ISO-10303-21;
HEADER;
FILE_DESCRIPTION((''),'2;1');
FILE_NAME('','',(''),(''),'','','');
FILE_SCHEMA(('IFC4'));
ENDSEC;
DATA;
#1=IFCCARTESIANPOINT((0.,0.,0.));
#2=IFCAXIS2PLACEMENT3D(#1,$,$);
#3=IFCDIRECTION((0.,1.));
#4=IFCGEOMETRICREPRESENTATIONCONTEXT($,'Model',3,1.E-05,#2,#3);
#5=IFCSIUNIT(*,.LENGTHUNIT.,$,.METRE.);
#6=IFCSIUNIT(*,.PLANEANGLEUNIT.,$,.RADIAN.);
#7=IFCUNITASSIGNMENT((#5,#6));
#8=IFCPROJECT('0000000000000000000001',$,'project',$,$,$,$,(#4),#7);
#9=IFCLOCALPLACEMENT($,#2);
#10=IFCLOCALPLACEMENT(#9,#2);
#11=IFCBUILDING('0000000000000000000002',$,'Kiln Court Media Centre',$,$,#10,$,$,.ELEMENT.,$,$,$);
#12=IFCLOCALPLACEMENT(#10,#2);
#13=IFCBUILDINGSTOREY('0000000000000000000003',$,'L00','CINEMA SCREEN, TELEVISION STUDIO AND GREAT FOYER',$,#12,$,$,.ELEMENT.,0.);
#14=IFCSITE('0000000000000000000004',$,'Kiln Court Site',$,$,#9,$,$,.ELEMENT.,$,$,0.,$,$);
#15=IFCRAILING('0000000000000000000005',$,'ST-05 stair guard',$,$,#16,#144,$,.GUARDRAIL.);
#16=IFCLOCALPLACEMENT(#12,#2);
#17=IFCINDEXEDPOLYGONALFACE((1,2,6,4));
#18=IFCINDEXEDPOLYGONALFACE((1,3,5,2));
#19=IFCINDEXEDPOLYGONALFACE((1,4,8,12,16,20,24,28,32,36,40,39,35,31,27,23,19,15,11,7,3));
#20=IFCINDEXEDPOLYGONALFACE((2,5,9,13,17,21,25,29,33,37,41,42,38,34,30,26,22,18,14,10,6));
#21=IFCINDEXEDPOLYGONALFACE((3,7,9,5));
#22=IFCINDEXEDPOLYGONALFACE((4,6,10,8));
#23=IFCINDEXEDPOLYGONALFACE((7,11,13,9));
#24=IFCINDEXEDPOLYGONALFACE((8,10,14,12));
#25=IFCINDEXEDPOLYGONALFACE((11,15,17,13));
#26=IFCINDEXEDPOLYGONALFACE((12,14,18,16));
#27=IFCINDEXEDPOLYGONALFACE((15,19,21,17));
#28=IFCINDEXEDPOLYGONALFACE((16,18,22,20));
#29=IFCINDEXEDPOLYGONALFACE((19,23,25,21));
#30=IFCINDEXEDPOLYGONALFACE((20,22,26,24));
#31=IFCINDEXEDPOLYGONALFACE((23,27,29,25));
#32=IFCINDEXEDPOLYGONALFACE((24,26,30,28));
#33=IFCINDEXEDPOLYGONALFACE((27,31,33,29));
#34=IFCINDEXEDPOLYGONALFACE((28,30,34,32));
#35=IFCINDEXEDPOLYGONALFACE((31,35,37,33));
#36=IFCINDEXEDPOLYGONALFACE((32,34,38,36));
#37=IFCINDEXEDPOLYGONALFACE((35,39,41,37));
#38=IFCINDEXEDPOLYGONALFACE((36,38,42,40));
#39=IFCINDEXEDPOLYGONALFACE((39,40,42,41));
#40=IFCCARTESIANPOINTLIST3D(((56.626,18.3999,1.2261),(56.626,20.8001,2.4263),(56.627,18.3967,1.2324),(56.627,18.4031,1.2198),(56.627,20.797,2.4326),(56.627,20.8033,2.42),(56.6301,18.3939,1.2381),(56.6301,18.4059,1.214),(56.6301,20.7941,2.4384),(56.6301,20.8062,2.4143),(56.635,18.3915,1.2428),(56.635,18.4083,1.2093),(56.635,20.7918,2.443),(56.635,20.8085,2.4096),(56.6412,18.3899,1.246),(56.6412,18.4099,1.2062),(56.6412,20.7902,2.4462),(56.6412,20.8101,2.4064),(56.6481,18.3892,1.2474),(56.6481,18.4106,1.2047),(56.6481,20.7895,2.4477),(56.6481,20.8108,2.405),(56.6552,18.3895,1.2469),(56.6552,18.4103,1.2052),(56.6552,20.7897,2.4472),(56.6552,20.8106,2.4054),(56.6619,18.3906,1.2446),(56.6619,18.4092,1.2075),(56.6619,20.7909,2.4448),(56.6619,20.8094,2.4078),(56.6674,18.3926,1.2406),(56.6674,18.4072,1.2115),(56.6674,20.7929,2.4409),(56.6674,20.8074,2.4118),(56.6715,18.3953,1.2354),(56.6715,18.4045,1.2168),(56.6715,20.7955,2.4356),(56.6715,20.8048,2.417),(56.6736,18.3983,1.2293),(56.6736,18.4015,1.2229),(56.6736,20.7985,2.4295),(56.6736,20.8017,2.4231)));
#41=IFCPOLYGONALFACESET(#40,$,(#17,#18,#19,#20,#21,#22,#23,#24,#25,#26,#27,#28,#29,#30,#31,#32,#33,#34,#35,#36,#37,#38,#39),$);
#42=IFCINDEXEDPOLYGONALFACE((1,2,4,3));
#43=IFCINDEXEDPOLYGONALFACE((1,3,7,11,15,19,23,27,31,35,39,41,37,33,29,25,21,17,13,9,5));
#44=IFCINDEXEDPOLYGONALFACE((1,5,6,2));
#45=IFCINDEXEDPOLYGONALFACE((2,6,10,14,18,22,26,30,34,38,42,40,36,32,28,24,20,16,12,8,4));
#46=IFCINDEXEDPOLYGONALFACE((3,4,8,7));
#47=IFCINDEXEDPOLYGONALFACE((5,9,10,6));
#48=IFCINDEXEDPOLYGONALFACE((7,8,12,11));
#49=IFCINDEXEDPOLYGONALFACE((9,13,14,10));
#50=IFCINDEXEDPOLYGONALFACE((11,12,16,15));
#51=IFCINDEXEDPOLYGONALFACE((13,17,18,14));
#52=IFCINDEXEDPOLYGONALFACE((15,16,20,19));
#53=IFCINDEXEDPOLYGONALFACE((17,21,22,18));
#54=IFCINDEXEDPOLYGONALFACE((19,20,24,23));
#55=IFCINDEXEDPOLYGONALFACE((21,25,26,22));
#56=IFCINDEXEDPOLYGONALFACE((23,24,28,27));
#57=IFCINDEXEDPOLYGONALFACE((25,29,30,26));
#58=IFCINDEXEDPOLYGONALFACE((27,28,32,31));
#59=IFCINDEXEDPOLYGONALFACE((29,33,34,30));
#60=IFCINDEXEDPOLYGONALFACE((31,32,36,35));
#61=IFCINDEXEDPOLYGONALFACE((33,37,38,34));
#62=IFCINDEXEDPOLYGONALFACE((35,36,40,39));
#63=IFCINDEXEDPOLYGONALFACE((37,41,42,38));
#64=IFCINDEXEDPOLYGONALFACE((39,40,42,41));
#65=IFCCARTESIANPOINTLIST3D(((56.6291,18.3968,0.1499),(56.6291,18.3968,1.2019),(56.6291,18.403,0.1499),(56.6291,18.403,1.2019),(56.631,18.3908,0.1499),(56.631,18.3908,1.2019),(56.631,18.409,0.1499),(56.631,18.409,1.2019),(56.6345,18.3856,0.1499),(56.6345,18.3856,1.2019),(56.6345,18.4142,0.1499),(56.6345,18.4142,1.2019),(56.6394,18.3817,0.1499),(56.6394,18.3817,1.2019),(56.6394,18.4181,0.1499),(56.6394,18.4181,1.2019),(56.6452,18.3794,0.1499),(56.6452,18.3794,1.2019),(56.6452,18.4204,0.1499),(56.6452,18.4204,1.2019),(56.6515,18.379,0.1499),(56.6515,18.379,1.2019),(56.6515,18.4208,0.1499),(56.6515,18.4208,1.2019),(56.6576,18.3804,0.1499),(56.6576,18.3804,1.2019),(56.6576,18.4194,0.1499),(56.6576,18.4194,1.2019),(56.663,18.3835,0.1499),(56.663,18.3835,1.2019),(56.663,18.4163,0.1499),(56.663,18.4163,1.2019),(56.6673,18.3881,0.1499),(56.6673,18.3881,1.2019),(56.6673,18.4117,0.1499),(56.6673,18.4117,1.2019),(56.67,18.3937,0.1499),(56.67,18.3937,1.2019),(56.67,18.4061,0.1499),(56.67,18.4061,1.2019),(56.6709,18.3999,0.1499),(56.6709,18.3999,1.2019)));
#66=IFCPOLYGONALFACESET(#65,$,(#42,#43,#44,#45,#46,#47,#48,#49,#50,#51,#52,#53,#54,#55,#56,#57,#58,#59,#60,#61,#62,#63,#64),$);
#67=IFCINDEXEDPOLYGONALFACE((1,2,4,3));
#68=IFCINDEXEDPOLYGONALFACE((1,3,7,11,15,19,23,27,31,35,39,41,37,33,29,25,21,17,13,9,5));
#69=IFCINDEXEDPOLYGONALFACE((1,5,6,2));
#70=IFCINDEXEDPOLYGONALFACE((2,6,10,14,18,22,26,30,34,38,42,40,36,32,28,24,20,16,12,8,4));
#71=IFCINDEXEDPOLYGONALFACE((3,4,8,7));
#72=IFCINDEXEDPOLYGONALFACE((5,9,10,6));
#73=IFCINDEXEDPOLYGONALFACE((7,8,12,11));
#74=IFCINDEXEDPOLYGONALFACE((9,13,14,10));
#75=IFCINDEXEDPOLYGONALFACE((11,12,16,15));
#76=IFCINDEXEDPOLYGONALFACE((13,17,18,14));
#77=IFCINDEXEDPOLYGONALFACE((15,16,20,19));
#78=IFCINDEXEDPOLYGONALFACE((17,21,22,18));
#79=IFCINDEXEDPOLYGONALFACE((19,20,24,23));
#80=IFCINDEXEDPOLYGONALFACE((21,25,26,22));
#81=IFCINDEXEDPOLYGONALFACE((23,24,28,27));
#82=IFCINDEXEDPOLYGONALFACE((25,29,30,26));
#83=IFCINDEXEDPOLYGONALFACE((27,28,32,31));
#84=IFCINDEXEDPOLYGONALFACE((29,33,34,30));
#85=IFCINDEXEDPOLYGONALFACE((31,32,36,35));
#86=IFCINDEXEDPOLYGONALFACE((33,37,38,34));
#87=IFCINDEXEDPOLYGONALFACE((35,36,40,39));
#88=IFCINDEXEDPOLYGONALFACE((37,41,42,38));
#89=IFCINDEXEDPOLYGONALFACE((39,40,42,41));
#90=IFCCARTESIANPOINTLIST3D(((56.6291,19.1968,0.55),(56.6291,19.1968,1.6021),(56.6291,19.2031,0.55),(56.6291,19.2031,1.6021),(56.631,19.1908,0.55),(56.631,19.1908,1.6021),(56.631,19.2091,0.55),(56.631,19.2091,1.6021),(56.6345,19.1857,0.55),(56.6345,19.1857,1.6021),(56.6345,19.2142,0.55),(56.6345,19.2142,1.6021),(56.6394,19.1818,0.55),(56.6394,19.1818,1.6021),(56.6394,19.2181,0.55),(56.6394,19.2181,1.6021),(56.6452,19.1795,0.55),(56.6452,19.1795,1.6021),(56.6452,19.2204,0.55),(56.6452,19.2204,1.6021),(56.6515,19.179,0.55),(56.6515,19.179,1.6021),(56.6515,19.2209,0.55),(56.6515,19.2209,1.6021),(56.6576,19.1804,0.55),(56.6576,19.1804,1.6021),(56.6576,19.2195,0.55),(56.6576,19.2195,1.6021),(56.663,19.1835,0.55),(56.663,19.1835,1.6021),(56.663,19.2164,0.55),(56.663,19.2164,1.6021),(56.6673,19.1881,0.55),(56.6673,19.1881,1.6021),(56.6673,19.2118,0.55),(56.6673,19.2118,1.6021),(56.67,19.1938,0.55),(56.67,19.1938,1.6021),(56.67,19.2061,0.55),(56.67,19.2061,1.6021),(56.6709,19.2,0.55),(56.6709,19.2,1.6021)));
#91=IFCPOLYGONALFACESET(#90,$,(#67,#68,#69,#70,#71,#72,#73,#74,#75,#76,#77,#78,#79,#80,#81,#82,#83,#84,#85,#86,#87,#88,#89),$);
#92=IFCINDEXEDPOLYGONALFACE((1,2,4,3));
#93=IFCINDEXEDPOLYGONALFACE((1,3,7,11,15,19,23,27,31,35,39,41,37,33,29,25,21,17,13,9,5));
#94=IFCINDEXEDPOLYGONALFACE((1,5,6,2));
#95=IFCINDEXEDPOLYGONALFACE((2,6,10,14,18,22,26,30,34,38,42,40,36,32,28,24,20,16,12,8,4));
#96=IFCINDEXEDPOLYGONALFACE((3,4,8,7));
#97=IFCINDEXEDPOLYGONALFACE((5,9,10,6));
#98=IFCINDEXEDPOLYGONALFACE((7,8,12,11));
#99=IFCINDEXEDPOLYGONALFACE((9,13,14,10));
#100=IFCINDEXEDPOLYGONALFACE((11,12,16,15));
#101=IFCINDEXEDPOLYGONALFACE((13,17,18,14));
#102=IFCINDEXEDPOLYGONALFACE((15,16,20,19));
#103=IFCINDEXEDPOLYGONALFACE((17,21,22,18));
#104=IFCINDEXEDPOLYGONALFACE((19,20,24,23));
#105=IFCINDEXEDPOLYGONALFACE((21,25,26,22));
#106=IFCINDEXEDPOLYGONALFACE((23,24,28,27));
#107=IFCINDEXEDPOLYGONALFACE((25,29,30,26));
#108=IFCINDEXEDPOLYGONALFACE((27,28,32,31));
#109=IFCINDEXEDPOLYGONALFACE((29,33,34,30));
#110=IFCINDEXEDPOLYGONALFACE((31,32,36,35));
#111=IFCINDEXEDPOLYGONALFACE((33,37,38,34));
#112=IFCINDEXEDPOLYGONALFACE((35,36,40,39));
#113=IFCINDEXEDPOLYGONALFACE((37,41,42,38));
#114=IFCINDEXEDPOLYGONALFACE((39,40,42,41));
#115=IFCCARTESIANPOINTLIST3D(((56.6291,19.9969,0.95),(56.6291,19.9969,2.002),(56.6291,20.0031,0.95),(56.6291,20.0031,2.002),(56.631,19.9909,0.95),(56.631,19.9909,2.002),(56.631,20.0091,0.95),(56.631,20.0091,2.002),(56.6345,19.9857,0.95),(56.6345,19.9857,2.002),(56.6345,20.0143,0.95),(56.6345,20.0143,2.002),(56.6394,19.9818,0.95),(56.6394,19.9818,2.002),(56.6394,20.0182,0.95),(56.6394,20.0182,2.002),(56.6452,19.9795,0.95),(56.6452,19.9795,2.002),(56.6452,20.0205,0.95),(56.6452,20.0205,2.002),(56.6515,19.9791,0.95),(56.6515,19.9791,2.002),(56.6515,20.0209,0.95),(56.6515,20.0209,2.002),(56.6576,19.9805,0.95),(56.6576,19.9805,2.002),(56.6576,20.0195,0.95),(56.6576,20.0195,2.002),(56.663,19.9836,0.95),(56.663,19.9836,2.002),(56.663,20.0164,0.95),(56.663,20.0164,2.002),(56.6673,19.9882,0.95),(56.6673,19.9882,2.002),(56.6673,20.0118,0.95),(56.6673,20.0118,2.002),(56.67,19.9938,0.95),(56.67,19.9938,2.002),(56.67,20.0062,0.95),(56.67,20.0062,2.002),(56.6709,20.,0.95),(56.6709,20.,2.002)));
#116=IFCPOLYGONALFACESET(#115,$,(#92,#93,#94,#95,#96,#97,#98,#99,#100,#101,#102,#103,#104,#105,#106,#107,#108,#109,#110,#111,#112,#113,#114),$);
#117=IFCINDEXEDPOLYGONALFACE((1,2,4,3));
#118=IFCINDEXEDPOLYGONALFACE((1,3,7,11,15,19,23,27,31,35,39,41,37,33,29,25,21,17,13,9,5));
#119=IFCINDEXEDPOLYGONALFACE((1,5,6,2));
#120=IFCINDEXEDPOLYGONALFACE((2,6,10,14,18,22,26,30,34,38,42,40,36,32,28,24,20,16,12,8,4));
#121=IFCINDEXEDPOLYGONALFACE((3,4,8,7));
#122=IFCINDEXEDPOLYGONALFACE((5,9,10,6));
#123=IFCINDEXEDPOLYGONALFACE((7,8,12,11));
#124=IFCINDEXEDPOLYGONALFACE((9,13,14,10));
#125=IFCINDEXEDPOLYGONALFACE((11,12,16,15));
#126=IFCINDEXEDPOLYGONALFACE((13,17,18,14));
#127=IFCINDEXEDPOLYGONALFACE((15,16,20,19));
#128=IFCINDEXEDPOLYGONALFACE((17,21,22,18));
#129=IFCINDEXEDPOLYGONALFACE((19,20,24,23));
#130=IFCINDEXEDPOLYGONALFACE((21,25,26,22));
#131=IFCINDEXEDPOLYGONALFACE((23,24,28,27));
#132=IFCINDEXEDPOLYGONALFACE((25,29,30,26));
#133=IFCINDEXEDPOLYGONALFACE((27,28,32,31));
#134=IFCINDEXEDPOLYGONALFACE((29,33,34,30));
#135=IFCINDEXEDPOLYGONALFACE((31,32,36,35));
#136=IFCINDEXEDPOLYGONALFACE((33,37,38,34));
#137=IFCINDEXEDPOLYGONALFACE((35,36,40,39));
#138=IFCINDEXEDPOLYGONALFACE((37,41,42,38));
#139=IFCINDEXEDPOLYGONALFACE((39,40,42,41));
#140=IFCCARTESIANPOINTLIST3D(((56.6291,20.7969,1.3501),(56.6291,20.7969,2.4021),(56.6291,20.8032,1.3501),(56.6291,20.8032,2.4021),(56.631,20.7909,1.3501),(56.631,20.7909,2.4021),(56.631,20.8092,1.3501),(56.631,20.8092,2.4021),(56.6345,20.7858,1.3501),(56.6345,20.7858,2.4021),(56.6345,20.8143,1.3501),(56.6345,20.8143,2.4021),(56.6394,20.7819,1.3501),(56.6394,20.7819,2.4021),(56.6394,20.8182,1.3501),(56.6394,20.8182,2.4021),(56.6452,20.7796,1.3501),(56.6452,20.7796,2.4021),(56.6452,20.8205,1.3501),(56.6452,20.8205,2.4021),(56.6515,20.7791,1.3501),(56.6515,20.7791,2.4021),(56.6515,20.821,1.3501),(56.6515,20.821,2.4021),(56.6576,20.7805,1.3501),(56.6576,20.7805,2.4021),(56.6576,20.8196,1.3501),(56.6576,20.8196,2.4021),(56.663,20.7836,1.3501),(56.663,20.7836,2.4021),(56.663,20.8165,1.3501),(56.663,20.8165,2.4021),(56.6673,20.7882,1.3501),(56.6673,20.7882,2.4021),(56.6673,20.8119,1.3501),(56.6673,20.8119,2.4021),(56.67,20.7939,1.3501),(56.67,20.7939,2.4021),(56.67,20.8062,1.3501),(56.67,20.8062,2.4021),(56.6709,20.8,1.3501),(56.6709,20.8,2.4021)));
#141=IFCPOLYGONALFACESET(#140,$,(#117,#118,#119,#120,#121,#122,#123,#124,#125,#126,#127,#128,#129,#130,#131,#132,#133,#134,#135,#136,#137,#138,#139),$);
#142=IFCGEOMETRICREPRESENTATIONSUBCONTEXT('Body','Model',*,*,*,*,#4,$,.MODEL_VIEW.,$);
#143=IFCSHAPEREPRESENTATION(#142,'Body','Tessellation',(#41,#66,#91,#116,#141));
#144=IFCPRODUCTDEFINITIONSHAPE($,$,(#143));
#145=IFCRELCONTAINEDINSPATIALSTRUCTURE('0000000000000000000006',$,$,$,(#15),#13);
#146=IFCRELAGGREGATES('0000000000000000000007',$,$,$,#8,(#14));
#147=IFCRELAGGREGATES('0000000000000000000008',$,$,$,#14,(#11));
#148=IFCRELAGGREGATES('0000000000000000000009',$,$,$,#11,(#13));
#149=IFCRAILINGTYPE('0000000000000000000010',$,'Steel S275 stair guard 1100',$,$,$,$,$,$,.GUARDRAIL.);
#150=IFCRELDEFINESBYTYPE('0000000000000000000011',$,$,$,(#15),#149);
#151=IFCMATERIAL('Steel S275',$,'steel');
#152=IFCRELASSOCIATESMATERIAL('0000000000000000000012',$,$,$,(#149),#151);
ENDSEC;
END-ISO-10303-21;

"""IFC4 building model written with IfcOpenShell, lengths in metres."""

from ifc_helpers import new_model, si_unit, direction, frame, origin, origin_2d, place, context, subcontext, project, spatial, circle, extrude, material, type_object, element, save


model = new_model("IFC4")

# Units and contexts
model_context = context("Model", 3, precision=1e-05, world=origin(), true_north=direction((0.0, 1.0)))
body_context = subcontext(model_context, "Body", "Model", "MODEL_VIEW")
ifc_project = project(units=[si_unit("LENGTHUNIT", "METRE"), si_unit("PLANEANGLEUNIT", "RADIAN")], contexts=[model_context])

# Site, building, storey
site_placement = place(None, origin())
site = spatial("IfcSite", under=ifc_project, at=site_placement, Name="Kiln Court Site", CompositionType="ELEMENT", RefElevation=0.0)
building_placement = place(site_placement, origin())
building = spatial("IfcBuilding", under=site, at=building_placement, Name="Kiln Court Media Centre", CompositionType="ELEMENT")
storey_placement = place(building_placement, origin())
storey = spatial("IfcBuildingStorey", under=building, at=storey_placement, Name="L00", Description="CINEMA SCREEN, TELEVISION STUDIO AND GREAT FOYER", CompositionType="ELEMENT", Elevation=0.0)

# Railing
ifc_material_1 = material(Name="Steel S275", Category="steel")
railing_type = type_object("IfcRailingType", Name="Steel S275 stair guard 1100", PredefinedType="GUARDRAIL", material=ifc_material_1)
railing_1_placement = place(storey_placement, frame((56.6499, 18.3999, 0.1499)))
element("IfcRailing", 1, at=railing_1_placement, inside=storey, type_object=railing_type, Name="ST-05 stair guard", PredefinedType="GUARDRAIL", context=body_context, shape_type="SweptSolid", body=[
    extrude(circle(Radius=0.0239, at=origin_2d()), frame((0.0, 0.0, 1.0762), z_axis=(0.0, 0.894409, 0.44725), x_axis=(-1.0, 0.0, 0.0)), (0.0, 0.0, 1.0), 2.6836),
    extrude(circle(Radius=0.021, at=origin_2d()), origin(), (0.0, 0.0, 1.0), 1.052),
    extrude(circle(Radius=0.021, at=origin_2d()), frame((0.0, 0.8, 0.4001)), (0.0, 0.0, 1.0), 1.052),
    extrude(circle(Radius=0.021, at=origin_2d()), frame((0.0, 1.6001, 0.8)), (0.0, 0.0, 1.0), 1.052),
    extrude(circle(Radius=0.021, at=origin_2d()), frame((0.0, 2.4001, 1.2002)), (0.0, 0.0, 1.0), 1.052),
])

save(model, "model.ifc")
